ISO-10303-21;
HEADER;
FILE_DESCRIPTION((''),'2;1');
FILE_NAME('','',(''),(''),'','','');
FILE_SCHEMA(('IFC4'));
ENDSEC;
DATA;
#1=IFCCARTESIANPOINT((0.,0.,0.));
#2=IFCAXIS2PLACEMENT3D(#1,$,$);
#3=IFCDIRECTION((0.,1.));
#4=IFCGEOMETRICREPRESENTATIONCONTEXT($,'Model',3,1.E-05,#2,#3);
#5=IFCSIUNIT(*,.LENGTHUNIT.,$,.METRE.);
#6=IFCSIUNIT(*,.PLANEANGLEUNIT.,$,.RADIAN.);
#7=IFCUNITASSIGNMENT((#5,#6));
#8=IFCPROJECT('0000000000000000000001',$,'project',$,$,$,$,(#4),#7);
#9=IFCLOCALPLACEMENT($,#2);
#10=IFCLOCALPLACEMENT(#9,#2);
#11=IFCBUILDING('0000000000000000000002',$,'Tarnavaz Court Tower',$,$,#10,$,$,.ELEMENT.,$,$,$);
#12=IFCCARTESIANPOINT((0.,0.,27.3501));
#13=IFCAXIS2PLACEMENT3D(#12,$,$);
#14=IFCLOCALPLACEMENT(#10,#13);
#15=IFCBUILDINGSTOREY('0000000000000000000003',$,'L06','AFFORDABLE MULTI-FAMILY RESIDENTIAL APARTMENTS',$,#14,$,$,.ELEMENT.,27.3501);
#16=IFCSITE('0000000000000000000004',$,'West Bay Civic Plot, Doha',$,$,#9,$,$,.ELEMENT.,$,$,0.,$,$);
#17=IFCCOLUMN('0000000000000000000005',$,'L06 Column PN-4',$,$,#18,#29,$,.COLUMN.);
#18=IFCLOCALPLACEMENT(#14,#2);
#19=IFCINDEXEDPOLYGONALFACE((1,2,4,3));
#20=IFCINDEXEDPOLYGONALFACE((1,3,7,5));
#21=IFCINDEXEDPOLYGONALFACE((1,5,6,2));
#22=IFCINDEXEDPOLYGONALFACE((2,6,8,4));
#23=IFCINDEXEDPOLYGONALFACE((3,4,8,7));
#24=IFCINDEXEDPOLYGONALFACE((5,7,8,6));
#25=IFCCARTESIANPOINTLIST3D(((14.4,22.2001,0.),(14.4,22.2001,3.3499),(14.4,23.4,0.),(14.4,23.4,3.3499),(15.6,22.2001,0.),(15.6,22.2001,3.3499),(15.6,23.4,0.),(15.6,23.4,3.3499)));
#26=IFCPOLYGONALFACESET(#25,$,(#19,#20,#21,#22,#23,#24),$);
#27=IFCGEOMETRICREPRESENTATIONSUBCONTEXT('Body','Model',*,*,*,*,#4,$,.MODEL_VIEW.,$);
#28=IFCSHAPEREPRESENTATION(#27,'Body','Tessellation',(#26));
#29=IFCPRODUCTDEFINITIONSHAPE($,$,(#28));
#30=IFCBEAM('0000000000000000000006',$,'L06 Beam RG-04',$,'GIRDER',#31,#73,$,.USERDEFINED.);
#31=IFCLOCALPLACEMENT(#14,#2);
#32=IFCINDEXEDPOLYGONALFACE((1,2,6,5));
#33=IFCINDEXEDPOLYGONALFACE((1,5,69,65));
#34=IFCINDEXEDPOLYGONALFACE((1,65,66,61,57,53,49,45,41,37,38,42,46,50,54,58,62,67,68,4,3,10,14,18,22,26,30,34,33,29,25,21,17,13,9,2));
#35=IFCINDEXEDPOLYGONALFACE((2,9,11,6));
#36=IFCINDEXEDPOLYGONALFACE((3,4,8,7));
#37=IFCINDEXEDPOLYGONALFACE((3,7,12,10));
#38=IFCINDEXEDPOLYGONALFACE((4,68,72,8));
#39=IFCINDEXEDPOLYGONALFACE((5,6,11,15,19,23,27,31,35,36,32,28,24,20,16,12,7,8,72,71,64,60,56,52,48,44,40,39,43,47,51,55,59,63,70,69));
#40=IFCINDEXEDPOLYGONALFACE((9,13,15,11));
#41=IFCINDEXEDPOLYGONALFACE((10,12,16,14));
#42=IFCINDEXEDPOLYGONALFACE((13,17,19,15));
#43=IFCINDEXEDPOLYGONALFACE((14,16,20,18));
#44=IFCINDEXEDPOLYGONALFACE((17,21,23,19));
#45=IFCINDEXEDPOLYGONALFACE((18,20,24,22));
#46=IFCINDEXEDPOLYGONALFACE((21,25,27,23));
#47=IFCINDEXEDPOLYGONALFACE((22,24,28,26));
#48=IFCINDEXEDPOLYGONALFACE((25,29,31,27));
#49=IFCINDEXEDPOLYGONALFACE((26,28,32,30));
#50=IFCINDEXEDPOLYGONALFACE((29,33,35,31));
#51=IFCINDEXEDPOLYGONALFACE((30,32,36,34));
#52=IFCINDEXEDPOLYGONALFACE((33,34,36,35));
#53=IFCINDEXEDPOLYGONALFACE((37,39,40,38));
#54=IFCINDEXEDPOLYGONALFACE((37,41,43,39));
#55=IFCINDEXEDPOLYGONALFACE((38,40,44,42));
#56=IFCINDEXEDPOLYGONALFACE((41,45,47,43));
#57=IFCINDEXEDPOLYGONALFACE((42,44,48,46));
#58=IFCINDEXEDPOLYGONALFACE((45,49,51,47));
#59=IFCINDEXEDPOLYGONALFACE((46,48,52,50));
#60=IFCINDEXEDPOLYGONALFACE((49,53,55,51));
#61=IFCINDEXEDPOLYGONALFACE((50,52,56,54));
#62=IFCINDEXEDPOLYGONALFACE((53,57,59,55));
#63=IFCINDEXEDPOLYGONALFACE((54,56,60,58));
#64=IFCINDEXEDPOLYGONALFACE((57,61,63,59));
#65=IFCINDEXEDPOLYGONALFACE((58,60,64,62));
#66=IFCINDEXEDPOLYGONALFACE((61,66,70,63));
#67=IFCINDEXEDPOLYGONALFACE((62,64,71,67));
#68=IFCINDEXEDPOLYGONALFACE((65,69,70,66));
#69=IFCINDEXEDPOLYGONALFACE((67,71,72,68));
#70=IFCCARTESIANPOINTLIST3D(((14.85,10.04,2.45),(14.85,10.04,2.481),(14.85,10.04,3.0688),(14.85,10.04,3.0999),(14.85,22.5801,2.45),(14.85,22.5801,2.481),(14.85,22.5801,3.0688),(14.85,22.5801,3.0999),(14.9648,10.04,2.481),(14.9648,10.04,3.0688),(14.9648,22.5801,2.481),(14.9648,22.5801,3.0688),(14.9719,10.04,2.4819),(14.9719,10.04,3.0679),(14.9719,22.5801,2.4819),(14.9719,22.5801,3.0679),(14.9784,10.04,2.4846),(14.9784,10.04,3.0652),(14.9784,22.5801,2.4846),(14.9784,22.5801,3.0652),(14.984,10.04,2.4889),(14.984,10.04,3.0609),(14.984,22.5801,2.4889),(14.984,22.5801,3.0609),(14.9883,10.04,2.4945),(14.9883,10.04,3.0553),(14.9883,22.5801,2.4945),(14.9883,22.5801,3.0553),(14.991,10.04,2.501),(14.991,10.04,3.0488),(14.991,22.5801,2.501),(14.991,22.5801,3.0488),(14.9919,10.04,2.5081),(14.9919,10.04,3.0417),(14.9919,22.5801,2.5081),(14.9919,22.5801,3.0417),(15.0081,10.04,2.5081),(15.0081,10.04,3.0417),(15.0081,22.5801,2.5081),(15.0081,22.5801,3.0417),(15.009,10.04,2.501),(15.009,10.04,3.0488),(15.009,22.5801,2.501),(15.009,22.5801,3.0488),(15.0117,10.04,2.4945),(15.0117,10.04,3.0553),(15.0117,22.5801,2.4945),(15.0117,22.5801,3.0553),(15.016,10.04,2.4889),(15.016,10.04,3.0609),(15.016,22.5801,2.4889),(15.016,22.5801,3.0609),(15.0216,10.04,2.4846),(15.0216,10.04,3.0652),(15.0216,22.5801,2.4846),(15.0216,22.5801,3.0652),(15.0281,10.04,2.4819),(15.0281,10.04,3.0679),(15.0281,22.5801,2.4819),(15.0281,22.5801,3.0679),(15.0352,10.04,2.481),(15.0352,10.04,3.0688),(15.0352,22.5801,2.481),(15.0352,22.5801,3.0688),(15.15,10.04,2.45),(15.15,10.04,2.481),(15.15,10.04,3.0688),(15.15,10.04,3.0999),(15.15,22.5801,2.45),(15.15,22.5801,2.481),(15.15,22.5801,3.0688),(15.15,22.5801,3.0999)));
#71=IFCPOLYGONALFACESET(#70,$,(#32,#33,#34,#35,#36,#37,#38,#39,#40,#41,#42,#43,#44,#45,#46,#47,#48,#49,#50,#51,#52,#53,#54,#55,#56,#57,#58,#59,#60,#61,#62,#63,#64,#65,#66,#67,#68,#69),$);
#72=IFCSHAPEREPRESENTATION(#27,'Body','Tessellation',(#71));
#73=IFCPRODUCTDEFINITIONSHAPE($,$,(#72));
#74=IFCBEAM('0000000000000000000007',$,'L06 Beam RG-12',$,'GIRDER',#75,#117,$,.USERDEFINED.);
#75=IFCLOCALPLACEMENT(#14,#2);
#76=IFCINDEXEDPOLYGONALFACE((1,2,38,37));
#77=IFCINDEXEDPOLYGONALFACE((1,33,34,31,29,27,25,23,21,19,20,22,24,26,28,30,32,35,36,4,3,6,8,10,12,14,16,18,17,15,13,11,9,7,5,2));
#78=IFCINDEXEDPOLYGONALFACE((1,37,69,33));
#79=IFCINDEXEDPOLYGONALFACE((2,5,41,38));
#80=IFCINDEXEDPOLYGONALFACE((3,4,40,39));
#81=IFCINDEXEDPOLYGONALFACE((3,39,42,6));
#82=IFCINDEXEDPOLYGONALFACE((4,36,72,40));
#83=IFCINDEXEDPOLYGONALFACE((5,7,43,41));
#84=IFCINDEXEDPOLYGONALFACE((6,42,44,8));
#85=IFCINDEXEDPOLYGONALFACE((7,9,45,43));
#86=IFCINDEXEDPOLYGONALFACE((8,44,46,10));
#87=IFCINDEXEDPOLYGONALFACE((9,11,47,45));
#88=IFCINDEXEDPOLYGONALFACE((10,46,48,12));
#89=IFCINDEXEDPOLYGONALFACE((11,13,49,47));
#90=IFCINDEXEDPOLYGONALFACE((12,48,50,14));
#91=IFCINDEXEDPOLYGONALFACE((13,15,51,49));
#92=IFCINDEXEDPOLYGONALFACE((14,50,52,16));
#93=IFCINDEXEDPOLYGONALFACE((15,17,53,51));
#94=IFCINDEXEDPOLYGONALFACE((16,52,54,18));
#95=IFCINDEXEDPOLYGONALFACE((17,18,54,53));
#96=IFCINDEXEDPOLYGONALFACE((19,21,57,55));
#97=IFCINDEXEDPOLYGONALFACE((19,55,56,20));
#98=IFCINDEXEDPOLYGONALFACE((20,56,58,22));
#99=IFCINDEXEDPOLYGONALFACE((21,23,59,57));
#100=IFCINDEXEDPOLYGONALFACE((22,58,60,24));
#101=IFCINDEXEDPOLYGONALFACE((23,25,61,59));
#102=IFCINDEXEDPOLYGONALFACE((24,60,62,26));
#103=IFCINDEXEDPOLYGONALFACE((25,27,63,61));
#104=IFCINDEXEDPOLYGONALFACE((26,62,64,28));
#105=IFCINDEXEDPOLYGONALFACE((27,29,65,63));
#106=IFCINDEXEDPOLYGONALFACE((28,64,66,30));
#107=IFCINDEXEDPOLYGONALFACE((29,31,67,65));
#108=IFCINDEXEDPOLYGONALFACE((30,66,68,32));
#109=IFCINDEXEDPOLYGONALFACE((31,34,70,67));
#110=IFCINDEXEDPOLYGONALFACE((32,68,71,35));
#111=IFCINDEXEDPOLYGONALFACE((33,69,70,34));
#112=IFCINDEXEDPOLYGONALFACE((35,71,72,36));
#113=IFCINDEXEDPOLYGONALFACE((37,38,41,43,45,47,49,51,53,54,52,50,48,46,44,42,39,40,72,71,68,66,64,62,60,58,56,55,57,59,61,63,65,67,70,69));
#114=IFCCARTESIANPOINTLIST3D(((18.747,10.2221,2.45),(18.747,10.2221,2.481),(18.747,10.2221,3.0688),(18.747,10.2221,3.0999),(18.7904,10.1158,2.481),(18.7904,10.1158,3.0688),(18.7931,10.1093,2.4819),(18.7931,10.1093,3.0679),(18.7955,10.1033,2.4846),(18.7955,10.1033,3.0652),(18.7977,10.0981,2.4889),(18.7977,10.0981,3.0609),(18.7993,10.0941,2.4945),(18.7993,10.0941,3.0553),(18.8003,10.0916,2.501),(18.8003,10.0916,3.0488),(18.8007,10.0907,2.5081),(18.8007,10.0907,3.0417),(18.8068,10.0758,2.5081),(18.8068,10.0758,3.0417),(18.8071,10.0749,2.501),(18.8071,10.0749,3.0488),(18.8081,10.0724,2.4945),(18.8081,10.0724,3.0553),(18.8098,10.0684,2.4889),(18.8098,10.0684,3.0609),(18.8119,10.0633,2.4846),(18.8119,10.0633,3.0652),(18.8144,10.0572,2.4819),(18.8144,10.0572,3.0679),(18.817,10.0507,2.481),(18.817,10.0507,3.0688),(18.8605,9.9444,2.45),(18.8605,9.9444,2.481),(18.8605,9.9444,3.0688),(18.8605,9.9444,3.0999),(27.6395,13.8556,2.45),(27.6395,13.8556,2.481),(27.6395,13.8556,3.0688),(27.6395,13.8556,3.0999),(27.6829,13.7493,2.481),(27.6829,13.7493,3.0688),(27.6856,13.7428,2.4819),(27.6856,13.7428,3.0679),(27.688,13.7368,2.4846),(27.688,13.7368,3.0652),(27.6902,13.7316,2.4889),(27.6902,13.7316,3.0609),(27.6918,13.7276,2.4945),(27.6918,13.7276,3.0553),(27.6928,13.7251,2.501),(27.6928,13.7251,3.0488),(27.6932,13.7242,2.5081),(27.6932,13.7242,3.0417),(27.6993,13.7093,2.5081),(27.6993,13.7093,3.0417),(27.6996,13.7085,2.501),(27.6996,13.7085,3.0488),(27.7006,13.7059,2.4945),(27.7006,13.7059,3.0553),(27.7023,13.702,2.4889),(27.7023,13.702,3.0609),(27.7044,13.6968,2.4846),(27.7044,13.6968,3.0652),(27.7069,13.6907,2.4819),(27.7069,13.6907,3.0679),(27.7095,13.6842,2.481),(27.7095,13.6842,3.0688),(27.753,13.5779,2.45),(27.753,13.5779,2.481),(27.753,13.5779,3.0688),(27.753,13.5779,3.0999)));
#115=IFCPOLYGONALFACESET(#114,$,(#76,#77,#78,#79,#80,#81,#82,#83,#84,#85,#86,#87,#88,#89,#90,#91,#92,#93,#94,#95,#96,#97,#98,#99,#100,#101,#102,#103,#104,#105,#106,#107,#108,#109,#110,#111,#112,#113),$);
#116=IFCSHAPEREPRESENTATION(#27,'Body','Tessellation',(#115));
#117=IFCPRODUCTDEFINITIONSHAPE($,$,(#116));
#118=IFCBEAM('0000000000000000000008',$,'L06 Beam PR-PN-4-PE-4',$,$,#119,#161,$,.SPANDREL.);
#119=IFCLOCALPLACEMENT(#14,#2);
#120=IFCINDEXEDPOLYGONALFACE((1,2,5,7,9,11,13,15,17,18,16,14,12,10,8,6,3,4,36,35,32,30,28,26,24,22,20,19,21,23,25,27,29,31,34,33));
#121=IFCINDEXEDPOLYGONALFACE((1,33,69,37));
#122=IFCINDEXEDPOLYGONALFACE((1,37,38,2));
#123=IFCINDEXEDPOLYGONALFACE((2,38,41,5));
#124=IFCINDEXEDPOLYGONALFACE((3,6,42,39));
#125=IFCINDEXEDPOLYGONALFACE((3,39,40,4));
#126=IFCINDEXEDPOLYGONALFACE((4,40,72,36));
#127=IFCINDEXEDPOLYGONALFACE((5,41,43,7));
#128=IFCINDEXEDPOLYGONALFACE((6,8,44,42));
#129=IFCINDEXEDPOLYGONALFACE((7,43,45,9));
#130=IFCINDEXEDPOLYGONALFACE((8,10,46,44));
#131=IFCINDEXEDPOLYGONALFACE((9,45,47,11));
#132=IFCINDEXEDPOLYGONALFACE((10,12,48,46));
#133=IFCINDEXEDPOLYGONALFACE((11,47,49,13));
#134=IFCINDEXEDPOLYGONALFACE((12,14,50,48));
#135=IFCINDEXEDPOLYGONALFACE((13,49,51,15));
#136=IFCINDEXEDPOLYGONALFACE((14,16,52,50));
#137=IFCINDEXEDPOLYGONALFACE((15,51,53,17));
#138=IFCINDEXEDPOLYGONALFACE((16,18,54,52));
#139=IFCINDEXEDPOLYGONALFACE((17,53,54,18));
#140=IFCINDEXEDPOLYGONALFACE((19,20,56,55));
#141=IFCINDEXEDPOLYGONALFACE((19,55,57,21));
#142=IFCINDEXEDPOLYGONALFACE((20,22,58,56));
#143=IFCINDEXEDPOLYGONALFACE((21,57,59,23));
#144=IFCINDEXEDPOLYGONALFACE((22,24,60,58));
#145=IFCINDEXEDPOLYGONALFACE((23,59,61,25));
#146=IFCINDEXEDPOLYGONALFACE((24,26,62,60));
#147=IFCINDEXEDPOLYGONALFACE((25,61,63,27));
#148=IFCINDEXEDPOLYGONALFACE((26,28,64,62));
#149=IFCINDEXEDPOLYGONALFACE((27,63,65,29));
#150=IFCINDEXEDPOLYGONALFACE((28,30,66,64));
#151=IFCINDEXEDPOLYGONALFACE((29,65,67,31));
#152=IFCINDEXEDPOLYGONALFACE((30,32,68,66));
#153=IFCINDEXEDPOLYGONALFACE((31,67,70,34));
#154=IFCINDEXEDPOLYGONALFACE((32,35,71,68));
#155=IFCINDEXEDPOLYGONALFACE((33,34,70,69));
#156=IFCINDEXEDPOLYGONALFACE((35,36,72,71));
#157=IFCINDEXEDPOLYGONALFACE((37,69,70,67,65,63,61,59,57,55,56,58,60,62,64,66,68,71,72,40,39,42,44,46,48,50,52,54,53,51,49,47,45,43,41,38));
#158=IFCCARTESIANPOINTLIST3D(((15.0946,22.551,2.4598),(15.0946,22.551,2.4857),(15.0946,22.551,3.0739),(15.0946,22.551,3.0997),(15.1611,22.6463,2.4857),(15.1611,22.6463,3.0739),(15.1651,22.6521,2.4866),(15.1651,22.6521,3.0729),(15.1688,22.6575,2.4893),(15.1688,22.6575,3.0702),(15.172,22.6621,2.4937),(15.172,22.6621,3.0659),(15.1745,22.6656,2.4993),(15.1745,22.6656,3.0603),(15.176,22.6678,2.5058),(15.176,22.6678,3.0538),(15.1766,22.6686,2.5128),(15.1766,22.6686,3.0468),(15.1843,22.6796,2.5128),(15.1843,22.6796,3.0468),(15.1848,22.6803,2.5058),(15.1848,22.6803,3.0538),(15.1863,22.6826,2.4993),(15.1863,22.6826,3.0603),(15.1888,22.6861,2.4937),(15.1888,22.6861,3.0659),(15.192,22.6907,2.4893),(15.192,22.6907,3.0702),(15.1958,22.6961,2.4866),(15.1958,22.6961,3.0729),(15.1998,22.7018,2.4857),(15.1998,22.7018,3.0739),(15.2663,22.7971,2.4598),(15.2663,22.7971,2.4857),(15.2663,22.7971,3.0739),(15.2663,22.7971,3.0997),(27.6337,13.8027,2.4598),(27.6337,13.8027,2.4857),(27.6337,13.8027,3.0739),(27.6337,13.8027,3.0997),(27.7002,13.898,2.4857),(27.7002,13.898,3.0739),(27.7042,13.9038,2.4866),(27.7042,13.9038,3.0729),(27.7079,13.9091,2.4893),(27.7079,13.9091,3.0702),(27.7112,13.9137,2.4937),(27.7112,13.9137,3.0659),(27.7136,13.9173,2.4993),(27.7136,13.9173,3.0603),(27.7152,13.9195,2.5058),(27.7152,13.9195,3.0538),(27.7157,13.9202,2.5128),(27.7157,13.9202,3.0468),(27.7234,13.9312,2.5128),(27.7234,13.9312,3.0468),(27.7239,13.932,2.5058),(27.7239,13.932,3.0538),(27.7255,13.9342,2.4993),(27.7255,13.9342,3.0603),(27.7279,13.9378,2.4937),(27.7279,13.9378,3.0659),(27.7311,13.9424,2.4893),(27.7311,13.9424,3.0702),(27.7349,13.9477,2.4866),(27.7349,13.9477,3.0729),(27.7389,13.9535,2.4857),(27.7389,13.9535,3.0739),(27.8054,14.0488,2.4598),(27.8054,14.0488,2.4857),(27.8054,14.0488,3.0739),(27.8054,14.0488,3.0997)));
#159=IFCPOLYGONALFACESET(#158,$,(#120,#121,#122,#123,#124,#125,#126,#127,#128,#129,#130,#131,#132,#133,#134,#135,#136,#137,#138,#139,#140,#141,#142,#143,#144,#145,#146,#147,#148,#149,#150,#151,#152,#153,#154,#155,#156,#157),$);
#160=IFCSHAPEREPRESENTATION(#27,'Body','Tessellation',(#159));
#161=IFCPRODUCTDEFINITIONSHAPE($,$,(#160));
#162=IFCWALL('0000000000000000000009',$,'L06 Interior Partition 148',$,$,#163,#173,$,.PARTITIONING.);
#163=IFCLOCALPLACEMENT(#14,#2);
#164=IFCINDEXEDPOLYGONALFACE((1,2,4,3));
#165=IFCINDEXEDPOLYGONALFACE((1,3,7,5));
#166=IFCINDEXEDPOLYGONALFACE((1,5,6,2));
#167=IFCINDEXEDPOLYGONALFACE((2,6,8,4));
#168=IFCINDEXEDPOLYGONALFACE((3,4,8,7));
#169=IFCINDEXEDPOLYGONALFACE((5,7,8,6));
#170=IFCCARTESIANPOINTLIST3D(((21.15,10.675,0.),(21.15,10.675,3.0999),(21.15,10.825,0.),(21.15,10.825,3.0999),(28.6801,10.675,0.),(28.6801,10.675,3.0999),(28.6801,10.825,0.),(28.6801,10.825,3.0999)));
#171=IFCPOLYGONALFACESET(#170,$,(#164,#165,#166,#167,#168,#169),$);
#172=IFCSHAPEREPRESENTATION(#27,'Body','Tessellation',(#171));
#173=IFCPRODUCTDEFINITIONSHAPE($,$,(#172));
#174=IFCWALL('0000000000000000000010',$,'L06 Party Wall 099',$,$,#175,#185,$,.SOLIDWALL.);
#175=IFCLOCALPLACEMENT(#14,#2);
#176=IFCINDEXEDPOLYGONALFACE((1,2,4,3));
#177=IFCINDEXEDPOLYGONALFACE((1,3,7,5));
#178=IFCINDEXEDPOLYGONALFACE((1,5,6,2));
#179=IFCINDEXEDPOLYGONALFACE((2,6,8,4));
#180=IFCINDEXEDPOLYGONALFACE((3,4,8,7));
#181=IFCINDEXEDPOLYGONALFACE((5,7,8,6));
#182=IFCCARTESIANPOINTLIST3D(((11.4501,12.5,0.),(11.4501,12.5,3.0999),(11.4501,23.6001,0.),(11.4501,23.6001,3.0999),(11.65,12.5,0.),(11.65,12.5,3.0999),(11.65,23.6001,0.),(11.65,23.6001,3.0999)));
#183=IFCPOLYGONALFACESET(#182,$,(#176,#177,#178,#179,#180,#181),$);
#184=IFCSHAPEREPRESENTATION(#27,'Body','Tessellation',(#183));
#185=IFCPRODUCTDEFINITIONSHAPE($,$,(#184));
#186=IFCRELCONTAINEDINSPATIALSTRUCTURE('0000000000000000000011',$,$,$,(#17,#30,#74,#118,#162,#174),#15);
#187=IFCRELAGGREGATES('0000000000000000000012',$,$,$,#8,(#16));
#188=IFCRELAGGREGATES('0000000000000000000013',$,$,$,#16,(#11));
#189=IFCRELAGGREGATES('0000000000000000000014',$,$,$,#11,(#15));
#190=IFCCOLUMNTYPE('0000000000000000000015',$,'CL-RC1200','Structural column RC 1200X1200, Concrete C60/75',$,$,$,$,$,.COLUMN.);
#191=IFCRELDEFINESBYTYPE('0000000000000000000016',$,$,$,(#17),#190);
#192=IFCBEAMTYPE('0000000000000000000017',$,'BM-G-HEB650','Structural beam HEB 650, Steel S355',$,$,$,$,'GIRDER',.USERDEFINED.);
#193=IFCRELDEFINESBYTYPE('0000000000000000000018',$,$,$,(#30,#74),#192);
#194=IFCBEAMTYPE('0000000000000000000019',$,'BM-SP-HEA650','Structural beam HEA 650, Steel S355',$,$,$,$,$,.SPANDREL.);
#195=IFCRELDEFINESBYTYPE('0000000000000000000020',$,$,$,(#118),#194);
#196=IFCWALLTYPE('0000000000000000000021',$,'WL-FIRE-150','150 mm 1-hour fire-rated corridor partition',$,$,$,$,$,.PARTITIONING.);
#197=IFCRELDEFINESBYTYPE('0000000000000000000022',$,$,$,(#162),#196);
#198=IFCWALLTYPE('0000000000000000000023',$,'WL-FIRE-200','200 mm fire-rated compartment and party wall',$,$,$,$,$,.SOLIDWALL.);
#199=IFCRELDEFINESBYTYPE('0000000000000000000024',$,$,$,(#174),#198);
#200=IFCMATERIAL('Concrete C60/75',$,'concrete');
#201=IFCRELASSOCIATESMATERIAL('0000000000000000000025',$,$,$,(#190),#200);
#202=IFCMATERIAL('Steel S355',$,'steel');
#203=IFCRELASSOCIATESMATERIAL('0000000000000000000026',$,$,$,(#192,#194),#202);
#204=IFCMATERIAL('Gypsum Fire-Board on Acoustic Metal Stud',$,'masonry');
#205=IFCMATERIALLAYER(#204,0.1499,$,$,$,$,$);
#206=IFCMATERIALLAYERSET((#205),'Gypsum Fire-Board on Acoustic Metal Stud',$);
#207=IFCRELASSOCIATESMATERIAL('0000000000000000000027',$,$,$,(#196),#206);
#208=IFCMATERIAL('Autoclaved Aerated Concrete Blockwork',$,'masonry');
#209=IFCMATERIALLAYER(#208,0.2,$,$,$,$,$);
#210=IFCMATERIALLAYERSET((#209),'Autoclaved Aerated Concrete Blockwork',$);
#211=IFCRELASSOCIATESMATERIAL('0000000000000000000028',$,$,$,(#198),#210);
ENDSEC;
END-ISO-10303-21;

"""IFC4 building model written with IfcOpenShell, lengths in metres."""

from ifc_helpers import new_model, si_unit, direction, frame, frame_2d, origin, origin_2d, place, context, subcontext, project, spatial, rectangle, i_section, extrude, material, layer, layer_set, material_profile, profile_set, type_object, element, save


model = new_model("IFC4")

# Units and contexts
model_context = context("Model", 3, precision=1e-05, world=origin(), true_north=direction((0.0, 1.0)))
body_context = subcontext(model_context, "Body", "Model", "MODEL_VIEW")
ifc_project = project(units=[si_unit("LENGTHUNIT", "METRE"), si_unit("PLANEANGLEUNIT", "RADIAN")], contexts=[model_context])

# Site, building, storey
site_placement = place(None, origin())
site = spatial("IfcSite", under=ifc_project, at=site_placement, Name="West Bay Civic Plot, Doha", CompositionType="ELEMENT", RefElevation=0.0)
building_placement = place(site_placement, origin())
building = spatial("IfcBuilding", under=site, at=building_placement, Name="Tarnavaz Court Tower", CompositionType="ELEMENT")
storey_placement = place(building_placement, frame((0.0, 0.0, 27.3501)))
storey = spatial("IfcBuildingStorey", under=building, at=storey_placement, Name="L06", Description="AFFORDABLE MULTI-FAMILY RESIDENTIAL APARTMENTS", CompositionType="ELEMENT", Elevation=27.3501)

# Column
ifc_material_1 = material(Name="Concrete C60/75", Category="concrete")
ifc_material_profile_1 = material_profile(ifc_material_1, rectangle(XDim=1.2, YDim=1.2, at=origin_2d()), Name="RC 1200X1200")
ifc_profile_set_1 = profile_set([ifc_material_profile_1], Name="Concrete C60/75")
column_type = type_object("IfcColumnType", Name="CL-RC1200", Description="Structural column RC 1200X1200, Concrete C60/75", PredefinedType="COLUMN", material=ifc_profile_set_1)
column_placement = place(storey_placement, frame((15.0, 22.8, 0.0), z_axis=(0.0, 0.0, 1.0), x_axis=(1.0, 0.0, 0.0)))
element("IfcColumn", 1, at=column_placement, inside=storey, type_object=column_type, Name="L06 Column PN-4", PredefinedType="COLUMN", context=body_context, shape_type="SweptSolid", body=[
    extrude(rectangle(XDim=1.2, YDim=1.2, at=origin_2d()), origin(), (0.0, 0.0, 1.0), 3.3499),
])

# Beams
ifc_material_2 = material(Name="Steel S355", Category="steel")
ifc_material_profile_2 = material_profile(ifc_material_2, i_section(OverallWidth=0.3, OverallDepth=0.6499, WebThickness=0.0161, FlangeThickness=0.031, FilletRadius=0.0271, at=origin_2d()), Name="HEB 650")
ifc_profile_set_2 = profile_set([ifc_material_profile_2], Name="Steel S355")
beam_type_1 = type_object("IfcBeamType", Name="BM-G-HEB650", Description="Structural beam HEB 650, Steel S355", ElementType="GIRDER", PredefinedType="USERDEFINED", material=ifc_profile_set_2)
beam_1_placement = place(storey_placement, frame((15.0, 10.04, 2.7749), z_axis=(0.0, 1.0, 0.0), x_axis=(-1.0, 0.0, 0.0)))
element("IfcBeam", 2, at=beam_1_placement, inside=storey, type_object=beam_type_1, Name="L06 Beam RG-04", ObjectType="GIRDER", PredefinedType="USERDEFINED", context=body_context, shape_type="SweptSolid", body=[
    extrude(i_section(OverallWidth=0.3, OverallDepth=0.6499, WebThickness=0.0161, FlangeThickness=0.031, FilletRadius=0.0271, at=origin_2d()), origin(), (0.0, 0.0, 1.0), 12.54),
])
beam_2_placement = place(storey_placement, frame((18.8037, 10.0833, 2.7749), z_axis=(0.925705, 0.378247, 0.0), x_axis=(-0.378247, 0.925705, 0.0)))
element("IfcBeam", 3, at=beam_2_placement, inside=storey, type_object=beam_type_1, Name="L06 Beam RG-12", ObjectType="GIRDER", PredefinedType="USERDEFINED", context=body_context, shape_type="SweptSolid", body=[
    extrude(i_section(OverallWidth=0.3, OverallDepth=0.6499, WebThickness=0.0161, FlangeThickness=0.031, FilletRadius=0.0271, at=origin_2d()), origin(), (0.0, 0.0, 1.0), 9.6062),
])
ifc_material_profile_3 = material_profile(ifc_material_2, i_section(OverallWidth=0.3, OverallDepth=0.6399, WebThickness=0.0134, FlangeThickness=0.0259, FilletRadius=0.0271, at=origin_2d()), Name="HEA 650")
ifc_profile_set_3 = profile_set([ifc_material_profile_3], Name="Steel S355")
beam_type_2 = type_object("IfcBeamType", Name="BM-SP-HEA650", Description="Structural beam HEA 650, Steel S355", PredefinedType="SPANDREL", material=ifc_profile_set_3)
beam_3_placement = place(storey_placement, frame((15.1804, 22.6741, 2.7798), z_axis=(0.820124, -0.572186, 0.0), x_axis=(0.572186, 0.820124, 0.0)))
element("IfcBeam", 4, at=beam_3_placement, inside=storey, type_object=beam_type_2, Name="L06 Beam PR-PN-4-PE-4", PredefinedType="SPANDREL", context=body_context, shape_type="SweptSolid", body=[
    extrude(i_section(OverallWidth=0.3, OverallDepth=0.6399, WebThickness=0.0134, FlangeThickness=0.0259, FilletRadius=0.0271, at=origin_2d()), origin(), (0.0, 0.0, 1.0), 15.2893),
])

# Walls
ifc_material_3 = material(Name="Gypsum Fire-Board on Acoustic Metal Stud", Category="masonry")
ifc_layer_1 = layer(ifc_material_3, 0.1499)
ifc_layer_set_1 = layer_set([ifc_layer_1], Name="Gypsum Fire-Board on Acoustic Metal Stud")
wall_type_1 = type_object("IfcWallType", Name="WL-FIRE-150", Description="150 mm 1-hour fire-rated corridor partition", PredefinedType="PARTITIONING", material=ifc_layer_set_1)
wall_1_placement = place(storey_placement, frame((21.1499, 10.75, 0.0), z_axis=(0.0, 0.0, 1.0), x_axis=(1.0, 0.0, 0.0)))
element("IfcWall", 5, at=wall_1_placement, inside=storey, type_object=wall_type_1, Name="L06 Interior Partition 148", PredefinedType="PARTITIONING", context=body_context, shape_type="SweptSolid", body=[
    extrude(rectangle(XDim=7.53, YDim=0.1499, at=frame_2d((3.7651, 0.0))), origin(), (0.0, 0.0, 1.0), 3.0999),
])
ifc_material_4 = material(Name="Autoclaved Aerated Concrete Blockwork", Category="masonry")
ifc_layer_2 = layer(ifc_material_4, 0.2)
ifc_layer_set_2 = layer_set([ifc_layer_2], Name="Autoclaved Aerated Concrete Blockwork")
wall_type_2 = type_object("IfcWallType", Name="WL-FIRE-200", Description="200 mm fire-rated compartment and party wall", PredefinedType="SOLIDWALL", material=ifc_layer_set_2)
wall_2_placement = place(storey_placement, frame((11.55, 12.5, 0.0), z_axis=(0.0, 0.0, 1.0), x_axis=(0.0, 1.0, 0.0)))
element("IfcWall", 6, at=wall_2_placement, inside=storey, type_object=wall_type_2, Name="L06 Party Wall 099", PredefinedType="SOLIDWALL", context=body_context, shape_type="SweptSolid", body=[
    extrude(rectangle(XDim=11.1001, YDim=0.2, at=frame_2d((5.55, 0.0))), origin(), (0.0, 0.0, 1.0), 3.0999),
])

save(model, "model.ifc")
